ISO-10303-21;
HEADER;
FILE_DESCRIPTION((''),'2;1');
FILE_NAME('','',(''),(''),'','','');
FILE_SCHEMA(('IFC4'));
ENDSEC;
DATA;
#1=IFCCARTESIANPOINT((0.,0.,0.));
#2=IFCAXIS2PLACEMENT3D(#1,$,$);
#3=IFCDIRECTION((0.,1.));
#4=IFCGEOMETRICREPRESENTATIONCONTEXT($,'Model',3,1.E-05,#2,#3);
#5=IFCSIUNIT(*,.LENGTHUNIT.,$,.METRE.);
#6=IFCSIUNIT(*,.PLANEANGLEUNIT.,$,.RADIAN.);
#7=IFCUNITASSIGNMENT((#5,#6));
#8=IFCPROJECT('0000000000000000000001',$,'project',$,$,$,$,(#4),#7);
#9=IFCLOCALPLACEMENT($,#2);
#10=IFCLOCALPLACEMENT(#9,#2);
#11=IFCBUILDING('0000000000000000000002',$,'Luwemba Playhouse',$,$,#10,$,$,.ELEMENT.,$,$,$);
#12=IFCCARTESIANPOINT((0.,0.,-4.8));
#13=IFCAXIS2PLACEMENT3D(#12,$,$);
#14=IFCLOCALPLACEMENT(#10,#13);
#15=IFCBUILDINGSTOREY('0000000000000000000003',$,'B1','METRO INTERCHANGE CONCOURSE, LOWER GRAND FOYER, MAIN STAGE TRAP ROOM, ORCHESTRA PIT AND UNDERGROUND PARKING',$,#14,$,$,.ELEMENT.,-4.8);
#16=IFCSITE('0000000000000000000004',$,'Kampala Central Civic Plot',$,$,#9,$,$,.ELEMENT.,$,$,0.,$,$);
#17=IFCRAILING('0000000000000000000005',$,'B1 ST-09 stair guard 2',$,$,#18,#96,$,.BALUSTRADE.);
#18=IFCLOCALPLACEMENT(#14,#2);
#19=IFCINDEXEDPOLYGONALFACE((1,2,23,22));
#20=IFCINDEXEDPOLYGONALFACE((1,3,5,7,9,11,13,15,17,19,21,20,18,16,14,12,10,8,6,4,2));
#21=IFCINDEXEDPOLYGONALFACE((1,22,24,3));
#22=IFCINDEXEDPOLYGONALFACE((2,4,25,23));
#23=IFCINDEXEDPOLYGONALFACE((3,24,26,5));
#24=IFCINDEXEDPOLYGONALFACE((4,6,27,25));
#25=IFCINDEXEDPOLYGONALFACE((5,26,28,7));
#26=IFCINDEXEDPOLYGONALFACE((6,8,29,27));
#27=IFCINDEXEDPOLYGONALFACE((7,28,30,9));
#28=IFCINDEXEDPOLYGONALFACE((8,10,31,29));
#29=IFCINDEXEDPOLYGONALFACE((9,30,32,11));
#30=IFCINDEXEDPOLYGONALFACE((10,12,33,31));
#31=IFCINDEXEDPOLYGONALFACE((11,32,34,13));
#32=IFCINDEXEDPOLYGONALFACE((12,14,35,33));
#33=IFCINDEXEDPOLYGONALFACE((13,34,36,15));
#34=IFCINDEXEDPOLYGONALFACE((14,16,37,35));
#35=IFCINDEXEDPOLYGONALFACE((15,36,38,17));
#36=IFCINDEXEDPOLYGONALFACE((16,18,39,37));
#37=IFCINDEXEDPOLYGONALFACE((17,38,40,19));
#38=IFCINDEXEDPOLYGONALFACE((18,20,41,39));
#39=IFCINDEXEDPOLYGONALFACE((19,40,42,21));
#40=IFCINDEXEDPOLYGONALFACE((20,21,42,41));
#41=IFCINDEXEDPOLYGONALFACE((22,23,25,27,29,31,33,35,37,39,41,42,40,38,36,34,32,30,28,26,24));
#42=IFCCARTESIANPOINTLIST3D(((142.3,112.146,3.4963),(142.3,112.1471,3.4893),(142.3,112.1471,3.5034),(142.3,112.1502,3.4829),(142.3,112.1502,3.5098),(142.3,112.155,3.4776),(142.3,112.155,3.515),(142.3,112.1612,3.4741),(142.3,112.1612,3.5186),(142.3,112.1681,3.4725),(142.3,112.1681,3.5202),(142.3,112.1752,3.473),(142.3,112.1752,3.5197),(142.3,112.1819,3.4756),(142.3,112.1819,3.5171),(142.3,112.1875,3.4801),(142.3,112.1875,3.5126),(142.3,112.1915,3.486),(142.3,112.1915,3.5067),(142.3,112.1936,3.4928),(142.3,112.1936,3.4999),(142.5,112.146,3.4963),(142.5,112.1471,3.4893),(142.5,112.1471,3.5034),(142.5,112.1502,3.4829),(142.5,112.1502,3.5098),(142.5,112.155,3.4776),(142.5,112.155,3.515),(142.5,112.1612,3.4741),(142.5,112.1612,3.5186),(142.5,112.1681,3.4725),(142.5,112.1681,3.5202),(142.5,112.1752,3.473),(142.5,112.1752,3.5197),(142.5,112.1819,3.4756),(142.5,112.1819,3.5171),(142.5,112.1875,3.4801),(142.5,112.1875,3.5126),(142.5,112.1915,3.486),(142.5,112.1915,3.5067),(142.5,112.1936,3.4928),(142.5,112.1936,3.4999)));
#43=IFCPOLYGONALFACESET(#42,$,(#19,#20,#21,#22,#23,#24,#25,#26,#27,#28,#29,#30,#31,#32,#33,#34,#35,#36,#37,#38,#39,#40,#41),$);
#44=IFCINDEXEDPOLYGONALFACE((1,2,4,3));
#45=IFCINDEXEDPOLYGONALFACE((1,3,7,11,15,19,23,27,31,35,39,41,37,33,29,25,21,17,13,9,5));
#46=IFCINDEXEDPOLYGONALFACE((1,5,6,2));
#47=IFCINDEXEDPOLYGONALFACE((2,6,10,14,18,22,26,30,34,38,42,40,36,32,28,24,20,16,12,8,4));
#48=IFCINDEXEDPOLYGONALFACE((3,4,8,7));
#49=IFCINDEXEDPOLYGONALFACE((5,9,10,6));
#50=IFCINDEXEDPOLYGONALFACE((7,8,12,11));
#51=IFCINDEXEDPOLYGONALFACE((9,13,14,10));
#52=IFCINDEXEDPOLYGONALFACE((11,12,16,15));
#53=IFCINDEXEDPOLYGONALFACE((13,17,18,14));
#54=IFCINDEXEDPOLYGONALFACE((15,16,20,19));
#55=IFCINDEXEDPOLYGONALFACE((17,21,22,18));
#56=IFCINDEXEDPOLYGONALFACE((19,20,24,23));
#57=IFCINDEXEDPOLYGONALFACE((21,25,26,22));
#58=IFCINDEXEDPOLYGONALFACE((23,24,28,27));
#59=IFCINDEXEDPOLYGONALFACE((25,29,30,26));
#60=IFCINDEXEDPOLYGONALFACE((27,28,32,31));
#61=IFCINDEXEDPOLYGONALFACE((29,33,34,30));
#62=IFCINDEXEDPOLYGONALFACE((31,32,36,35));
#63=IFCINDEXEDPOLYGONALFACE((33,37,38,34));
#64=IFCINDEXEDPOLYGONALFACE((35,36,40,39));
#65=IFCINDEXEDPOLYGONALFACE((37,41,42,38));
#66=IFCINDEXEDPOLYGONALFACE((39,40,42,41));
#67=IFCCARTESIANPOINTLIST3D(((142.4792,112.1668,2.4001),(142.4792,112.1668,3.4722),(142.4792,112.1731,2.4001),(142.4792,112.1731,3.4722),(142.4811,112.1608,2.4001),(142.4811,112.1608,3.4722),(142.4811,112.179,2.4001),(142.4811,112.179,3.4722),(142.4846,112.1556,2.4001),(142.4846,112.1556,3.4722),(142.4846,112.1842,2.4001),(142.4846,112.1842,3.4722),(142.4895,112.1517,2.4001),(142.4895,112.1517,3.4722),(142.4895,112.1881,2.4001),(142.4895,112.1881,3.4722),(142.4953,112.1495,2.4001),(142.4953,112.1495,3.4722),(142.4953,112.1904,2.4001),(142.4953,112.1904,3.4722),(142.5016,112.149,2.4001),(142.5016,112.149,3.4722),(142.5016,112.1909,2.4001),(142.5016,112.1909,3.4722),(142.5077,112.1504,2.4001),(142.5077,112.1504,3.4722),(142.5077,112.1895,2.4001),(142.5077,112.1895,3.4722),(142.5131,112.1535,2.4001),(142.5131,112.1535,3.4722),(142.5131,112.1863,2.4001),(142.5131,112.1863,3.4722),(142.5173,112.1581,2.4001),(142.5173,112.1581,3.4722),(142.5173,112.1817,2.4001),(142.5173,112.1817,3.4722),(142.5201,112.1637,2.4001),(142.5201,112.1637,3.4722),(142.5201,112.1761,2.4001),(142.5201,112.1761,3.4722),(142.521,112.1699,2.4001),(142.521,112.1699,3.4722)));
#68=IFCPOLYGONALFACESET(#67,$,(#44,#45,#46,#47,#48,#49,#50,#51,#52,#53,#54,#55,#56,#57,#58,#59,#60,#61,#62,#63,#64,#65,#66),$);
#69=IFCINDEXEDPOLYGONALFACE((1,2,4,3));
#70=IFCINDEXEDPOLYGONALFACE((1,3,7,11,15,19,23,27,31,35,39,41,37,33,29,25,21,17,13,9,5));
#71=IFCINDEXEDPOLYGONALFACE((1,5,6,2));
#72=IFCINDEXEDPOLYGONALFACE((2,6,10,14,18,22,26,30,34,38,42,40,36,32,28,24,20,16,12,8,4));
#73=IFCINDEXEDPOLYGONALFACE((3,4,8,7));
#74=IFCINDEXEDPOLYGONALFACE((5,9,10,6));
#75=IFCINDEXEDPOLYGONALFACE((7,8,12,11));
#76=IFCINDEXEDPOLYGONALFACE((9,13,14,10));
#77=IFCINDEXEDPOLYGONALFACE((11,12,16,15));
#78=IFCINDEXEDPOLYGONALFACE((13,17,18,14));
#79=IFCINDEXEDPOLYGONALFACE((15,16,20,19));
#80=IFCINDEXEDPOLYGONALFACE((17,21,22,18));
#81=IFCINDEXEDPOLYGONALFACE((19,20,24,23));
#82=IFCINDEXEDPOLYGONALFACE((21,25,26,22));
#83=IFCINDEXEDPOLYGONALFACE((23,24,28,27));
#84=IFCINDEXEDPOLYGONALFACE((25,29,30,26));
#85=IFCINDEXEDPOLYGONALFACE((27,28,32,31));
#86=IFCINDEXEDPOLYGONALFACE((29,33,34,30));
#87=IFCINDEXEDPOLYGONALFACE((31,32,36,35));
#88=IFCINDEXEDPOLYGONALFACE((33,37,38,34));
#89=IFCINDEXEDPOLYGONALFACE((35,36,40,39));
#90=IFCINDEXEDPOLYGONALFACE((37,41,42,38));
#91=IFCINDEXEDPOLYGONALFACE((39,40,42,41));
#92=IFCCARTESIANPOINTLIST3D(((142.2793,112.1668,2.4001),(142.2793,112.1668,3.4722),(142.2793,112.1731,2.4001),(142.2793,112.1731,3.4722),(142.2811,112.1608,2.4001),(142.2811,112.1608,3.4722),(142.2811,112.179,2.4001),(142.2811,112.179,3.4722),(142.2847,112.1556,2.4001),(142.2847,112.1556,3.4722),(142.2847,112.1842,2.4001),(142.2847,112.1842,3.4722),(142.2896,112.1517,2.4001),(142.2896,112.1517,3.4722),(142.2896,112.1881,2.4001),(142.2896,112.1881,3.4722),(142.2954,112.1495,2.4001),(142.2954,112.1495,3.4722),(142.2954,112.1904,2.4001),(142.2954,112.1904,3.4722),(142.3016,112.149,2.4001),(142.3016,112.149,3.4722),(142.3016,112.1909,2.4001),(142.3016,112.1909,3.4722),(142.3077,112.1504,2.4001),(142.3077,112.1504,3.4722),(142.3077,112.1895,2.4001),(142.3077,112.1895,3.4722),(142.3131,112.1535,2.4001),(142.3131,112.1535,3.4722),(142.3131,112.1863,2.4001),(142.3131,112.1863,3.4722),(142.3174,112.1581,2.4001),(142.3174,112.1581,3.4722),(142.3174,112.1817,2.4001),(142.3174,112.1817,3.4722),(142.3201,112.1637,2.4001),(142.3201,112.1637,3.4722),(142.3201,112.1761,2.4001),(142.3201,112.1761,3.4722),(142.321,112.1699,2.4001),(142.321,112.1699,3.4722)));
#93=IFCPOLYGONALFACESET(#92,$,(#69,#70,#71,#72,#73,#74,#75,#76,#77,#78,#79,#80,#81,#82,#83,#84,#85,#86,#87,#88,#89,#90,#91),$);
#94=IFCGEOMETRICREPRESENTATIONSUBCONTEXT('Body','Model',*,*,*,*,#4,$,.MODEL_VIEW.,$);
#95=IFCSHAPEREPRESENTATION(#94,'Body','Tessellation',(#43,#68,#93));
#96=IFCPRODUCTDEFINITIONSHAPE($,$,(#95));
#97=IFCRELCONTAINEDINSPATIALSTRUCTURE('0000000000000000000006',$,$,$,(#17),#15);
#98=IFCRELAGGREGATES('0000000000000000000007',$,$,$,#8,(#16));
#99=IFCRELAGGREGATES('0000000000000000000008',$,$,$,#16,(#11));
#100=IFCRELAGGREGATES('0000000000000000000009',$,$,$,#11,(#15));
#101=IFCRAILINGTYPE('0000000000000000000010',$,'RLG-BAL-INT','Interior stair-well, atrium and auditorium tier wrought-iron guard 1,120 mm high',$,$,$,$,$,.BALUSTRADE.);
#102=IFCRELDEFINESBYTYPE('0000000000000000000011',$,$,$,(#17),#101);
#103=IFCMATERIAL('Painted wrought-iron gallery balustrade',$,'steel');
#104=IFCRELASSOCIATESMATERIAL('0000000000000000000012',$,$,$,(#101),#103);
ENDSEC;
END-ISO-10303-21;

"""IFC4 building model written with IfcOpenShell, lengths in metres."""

from ifc_helpers import new_model, si_unit, direction, frame, origin, origin_2d, place, context, subcontext, project, spatial, circle, extrude, material, type_object, element, save


model = new_model("IFC4")

# Units and contexts
model_context = context("Model", 3, precision=1e-05, world=origin(), true_north=direction((0.0, 1.0)))
body_context = subcontext(model_context, "Body", "Model", "MODEL_VIEW")
ifc_project = project(units=[si_unit("LENGTHUNIT", "METRE"), si_unit("PLANEANGLEUNIT", "RADIAN")], contexts=[model_context])

# Site, building, storey
site_placement = place(None, origin())
site = spatial("IfcSite", under=ifc_project, at=site_placement, Name="Kampala Central Civic Plot", CompositionType="ELEMENT", RefElevation=0.0)
building_placement = place(site_placement, origin())
building = spatial("IfcBuilding", under=site, at=building_placement, Name="Luwemba Playhouse", CompositionType="ELEMENT")
storey_placement = place(building_placement, frame((0.0, 0.0, -4.8)))
storey = spatial("IfcBuildingStorey", under=building, at=storey_placement, Name="B1", Description="METRO INTERCHANGE CONCOURSE, LOWER GRAND FOYER, MAIN STAGE TRAP ROOM, ORCHESTRA PIT AND UNDERGROUND PARKING", CompositionType="ELEMENT", Elevation=-4.8)

# Railing
ifc_material_1 = material(Name="Painted wrought-iron gallery balustrade", Category="steel")
railing_type_1 = type_object("IfcRailingType", Name="RLG-BAL-INT", Description="Interior stair-well, atrium and auditorium tier wrought-iron guard 1,120 mm high", PredefinedType="BALUSTRADE", material=ifc_material_1)
railing_1_placement = place(storey_placement, frame((142.5, 112.1699, 2.4001)))
element("IfcRailing", 1, at=railing_1_placement, inside=storey, type_object=railing_type_1, Name="B1 ST-09 stair guard 2", PredefinedType="BALUSTRADE", context=body_context, shape_type="SweptSolid", body=[
    extrude(circle(Radius=0.0239, at=origin_2d()), frame((0.0, 0.0, 1.0962), z_axis=(-1.0, 0.0, 0.0), x_axis=(0.0, -1.0, 0.0)), (0.0, 0.0, 1.0), 0.2),
    extrude(circle(Radius=0.021, at=origin_2d()), origin(), (0.0, 0.0, 1.0), 1.072),
    extrude(circle(Radius=0.021, at=origin_2d()), frame((-0.2, 0.0, 0.0)), (0.0, 0.0, 1.0), 1.072),
])

save(model, "model.ifc")
